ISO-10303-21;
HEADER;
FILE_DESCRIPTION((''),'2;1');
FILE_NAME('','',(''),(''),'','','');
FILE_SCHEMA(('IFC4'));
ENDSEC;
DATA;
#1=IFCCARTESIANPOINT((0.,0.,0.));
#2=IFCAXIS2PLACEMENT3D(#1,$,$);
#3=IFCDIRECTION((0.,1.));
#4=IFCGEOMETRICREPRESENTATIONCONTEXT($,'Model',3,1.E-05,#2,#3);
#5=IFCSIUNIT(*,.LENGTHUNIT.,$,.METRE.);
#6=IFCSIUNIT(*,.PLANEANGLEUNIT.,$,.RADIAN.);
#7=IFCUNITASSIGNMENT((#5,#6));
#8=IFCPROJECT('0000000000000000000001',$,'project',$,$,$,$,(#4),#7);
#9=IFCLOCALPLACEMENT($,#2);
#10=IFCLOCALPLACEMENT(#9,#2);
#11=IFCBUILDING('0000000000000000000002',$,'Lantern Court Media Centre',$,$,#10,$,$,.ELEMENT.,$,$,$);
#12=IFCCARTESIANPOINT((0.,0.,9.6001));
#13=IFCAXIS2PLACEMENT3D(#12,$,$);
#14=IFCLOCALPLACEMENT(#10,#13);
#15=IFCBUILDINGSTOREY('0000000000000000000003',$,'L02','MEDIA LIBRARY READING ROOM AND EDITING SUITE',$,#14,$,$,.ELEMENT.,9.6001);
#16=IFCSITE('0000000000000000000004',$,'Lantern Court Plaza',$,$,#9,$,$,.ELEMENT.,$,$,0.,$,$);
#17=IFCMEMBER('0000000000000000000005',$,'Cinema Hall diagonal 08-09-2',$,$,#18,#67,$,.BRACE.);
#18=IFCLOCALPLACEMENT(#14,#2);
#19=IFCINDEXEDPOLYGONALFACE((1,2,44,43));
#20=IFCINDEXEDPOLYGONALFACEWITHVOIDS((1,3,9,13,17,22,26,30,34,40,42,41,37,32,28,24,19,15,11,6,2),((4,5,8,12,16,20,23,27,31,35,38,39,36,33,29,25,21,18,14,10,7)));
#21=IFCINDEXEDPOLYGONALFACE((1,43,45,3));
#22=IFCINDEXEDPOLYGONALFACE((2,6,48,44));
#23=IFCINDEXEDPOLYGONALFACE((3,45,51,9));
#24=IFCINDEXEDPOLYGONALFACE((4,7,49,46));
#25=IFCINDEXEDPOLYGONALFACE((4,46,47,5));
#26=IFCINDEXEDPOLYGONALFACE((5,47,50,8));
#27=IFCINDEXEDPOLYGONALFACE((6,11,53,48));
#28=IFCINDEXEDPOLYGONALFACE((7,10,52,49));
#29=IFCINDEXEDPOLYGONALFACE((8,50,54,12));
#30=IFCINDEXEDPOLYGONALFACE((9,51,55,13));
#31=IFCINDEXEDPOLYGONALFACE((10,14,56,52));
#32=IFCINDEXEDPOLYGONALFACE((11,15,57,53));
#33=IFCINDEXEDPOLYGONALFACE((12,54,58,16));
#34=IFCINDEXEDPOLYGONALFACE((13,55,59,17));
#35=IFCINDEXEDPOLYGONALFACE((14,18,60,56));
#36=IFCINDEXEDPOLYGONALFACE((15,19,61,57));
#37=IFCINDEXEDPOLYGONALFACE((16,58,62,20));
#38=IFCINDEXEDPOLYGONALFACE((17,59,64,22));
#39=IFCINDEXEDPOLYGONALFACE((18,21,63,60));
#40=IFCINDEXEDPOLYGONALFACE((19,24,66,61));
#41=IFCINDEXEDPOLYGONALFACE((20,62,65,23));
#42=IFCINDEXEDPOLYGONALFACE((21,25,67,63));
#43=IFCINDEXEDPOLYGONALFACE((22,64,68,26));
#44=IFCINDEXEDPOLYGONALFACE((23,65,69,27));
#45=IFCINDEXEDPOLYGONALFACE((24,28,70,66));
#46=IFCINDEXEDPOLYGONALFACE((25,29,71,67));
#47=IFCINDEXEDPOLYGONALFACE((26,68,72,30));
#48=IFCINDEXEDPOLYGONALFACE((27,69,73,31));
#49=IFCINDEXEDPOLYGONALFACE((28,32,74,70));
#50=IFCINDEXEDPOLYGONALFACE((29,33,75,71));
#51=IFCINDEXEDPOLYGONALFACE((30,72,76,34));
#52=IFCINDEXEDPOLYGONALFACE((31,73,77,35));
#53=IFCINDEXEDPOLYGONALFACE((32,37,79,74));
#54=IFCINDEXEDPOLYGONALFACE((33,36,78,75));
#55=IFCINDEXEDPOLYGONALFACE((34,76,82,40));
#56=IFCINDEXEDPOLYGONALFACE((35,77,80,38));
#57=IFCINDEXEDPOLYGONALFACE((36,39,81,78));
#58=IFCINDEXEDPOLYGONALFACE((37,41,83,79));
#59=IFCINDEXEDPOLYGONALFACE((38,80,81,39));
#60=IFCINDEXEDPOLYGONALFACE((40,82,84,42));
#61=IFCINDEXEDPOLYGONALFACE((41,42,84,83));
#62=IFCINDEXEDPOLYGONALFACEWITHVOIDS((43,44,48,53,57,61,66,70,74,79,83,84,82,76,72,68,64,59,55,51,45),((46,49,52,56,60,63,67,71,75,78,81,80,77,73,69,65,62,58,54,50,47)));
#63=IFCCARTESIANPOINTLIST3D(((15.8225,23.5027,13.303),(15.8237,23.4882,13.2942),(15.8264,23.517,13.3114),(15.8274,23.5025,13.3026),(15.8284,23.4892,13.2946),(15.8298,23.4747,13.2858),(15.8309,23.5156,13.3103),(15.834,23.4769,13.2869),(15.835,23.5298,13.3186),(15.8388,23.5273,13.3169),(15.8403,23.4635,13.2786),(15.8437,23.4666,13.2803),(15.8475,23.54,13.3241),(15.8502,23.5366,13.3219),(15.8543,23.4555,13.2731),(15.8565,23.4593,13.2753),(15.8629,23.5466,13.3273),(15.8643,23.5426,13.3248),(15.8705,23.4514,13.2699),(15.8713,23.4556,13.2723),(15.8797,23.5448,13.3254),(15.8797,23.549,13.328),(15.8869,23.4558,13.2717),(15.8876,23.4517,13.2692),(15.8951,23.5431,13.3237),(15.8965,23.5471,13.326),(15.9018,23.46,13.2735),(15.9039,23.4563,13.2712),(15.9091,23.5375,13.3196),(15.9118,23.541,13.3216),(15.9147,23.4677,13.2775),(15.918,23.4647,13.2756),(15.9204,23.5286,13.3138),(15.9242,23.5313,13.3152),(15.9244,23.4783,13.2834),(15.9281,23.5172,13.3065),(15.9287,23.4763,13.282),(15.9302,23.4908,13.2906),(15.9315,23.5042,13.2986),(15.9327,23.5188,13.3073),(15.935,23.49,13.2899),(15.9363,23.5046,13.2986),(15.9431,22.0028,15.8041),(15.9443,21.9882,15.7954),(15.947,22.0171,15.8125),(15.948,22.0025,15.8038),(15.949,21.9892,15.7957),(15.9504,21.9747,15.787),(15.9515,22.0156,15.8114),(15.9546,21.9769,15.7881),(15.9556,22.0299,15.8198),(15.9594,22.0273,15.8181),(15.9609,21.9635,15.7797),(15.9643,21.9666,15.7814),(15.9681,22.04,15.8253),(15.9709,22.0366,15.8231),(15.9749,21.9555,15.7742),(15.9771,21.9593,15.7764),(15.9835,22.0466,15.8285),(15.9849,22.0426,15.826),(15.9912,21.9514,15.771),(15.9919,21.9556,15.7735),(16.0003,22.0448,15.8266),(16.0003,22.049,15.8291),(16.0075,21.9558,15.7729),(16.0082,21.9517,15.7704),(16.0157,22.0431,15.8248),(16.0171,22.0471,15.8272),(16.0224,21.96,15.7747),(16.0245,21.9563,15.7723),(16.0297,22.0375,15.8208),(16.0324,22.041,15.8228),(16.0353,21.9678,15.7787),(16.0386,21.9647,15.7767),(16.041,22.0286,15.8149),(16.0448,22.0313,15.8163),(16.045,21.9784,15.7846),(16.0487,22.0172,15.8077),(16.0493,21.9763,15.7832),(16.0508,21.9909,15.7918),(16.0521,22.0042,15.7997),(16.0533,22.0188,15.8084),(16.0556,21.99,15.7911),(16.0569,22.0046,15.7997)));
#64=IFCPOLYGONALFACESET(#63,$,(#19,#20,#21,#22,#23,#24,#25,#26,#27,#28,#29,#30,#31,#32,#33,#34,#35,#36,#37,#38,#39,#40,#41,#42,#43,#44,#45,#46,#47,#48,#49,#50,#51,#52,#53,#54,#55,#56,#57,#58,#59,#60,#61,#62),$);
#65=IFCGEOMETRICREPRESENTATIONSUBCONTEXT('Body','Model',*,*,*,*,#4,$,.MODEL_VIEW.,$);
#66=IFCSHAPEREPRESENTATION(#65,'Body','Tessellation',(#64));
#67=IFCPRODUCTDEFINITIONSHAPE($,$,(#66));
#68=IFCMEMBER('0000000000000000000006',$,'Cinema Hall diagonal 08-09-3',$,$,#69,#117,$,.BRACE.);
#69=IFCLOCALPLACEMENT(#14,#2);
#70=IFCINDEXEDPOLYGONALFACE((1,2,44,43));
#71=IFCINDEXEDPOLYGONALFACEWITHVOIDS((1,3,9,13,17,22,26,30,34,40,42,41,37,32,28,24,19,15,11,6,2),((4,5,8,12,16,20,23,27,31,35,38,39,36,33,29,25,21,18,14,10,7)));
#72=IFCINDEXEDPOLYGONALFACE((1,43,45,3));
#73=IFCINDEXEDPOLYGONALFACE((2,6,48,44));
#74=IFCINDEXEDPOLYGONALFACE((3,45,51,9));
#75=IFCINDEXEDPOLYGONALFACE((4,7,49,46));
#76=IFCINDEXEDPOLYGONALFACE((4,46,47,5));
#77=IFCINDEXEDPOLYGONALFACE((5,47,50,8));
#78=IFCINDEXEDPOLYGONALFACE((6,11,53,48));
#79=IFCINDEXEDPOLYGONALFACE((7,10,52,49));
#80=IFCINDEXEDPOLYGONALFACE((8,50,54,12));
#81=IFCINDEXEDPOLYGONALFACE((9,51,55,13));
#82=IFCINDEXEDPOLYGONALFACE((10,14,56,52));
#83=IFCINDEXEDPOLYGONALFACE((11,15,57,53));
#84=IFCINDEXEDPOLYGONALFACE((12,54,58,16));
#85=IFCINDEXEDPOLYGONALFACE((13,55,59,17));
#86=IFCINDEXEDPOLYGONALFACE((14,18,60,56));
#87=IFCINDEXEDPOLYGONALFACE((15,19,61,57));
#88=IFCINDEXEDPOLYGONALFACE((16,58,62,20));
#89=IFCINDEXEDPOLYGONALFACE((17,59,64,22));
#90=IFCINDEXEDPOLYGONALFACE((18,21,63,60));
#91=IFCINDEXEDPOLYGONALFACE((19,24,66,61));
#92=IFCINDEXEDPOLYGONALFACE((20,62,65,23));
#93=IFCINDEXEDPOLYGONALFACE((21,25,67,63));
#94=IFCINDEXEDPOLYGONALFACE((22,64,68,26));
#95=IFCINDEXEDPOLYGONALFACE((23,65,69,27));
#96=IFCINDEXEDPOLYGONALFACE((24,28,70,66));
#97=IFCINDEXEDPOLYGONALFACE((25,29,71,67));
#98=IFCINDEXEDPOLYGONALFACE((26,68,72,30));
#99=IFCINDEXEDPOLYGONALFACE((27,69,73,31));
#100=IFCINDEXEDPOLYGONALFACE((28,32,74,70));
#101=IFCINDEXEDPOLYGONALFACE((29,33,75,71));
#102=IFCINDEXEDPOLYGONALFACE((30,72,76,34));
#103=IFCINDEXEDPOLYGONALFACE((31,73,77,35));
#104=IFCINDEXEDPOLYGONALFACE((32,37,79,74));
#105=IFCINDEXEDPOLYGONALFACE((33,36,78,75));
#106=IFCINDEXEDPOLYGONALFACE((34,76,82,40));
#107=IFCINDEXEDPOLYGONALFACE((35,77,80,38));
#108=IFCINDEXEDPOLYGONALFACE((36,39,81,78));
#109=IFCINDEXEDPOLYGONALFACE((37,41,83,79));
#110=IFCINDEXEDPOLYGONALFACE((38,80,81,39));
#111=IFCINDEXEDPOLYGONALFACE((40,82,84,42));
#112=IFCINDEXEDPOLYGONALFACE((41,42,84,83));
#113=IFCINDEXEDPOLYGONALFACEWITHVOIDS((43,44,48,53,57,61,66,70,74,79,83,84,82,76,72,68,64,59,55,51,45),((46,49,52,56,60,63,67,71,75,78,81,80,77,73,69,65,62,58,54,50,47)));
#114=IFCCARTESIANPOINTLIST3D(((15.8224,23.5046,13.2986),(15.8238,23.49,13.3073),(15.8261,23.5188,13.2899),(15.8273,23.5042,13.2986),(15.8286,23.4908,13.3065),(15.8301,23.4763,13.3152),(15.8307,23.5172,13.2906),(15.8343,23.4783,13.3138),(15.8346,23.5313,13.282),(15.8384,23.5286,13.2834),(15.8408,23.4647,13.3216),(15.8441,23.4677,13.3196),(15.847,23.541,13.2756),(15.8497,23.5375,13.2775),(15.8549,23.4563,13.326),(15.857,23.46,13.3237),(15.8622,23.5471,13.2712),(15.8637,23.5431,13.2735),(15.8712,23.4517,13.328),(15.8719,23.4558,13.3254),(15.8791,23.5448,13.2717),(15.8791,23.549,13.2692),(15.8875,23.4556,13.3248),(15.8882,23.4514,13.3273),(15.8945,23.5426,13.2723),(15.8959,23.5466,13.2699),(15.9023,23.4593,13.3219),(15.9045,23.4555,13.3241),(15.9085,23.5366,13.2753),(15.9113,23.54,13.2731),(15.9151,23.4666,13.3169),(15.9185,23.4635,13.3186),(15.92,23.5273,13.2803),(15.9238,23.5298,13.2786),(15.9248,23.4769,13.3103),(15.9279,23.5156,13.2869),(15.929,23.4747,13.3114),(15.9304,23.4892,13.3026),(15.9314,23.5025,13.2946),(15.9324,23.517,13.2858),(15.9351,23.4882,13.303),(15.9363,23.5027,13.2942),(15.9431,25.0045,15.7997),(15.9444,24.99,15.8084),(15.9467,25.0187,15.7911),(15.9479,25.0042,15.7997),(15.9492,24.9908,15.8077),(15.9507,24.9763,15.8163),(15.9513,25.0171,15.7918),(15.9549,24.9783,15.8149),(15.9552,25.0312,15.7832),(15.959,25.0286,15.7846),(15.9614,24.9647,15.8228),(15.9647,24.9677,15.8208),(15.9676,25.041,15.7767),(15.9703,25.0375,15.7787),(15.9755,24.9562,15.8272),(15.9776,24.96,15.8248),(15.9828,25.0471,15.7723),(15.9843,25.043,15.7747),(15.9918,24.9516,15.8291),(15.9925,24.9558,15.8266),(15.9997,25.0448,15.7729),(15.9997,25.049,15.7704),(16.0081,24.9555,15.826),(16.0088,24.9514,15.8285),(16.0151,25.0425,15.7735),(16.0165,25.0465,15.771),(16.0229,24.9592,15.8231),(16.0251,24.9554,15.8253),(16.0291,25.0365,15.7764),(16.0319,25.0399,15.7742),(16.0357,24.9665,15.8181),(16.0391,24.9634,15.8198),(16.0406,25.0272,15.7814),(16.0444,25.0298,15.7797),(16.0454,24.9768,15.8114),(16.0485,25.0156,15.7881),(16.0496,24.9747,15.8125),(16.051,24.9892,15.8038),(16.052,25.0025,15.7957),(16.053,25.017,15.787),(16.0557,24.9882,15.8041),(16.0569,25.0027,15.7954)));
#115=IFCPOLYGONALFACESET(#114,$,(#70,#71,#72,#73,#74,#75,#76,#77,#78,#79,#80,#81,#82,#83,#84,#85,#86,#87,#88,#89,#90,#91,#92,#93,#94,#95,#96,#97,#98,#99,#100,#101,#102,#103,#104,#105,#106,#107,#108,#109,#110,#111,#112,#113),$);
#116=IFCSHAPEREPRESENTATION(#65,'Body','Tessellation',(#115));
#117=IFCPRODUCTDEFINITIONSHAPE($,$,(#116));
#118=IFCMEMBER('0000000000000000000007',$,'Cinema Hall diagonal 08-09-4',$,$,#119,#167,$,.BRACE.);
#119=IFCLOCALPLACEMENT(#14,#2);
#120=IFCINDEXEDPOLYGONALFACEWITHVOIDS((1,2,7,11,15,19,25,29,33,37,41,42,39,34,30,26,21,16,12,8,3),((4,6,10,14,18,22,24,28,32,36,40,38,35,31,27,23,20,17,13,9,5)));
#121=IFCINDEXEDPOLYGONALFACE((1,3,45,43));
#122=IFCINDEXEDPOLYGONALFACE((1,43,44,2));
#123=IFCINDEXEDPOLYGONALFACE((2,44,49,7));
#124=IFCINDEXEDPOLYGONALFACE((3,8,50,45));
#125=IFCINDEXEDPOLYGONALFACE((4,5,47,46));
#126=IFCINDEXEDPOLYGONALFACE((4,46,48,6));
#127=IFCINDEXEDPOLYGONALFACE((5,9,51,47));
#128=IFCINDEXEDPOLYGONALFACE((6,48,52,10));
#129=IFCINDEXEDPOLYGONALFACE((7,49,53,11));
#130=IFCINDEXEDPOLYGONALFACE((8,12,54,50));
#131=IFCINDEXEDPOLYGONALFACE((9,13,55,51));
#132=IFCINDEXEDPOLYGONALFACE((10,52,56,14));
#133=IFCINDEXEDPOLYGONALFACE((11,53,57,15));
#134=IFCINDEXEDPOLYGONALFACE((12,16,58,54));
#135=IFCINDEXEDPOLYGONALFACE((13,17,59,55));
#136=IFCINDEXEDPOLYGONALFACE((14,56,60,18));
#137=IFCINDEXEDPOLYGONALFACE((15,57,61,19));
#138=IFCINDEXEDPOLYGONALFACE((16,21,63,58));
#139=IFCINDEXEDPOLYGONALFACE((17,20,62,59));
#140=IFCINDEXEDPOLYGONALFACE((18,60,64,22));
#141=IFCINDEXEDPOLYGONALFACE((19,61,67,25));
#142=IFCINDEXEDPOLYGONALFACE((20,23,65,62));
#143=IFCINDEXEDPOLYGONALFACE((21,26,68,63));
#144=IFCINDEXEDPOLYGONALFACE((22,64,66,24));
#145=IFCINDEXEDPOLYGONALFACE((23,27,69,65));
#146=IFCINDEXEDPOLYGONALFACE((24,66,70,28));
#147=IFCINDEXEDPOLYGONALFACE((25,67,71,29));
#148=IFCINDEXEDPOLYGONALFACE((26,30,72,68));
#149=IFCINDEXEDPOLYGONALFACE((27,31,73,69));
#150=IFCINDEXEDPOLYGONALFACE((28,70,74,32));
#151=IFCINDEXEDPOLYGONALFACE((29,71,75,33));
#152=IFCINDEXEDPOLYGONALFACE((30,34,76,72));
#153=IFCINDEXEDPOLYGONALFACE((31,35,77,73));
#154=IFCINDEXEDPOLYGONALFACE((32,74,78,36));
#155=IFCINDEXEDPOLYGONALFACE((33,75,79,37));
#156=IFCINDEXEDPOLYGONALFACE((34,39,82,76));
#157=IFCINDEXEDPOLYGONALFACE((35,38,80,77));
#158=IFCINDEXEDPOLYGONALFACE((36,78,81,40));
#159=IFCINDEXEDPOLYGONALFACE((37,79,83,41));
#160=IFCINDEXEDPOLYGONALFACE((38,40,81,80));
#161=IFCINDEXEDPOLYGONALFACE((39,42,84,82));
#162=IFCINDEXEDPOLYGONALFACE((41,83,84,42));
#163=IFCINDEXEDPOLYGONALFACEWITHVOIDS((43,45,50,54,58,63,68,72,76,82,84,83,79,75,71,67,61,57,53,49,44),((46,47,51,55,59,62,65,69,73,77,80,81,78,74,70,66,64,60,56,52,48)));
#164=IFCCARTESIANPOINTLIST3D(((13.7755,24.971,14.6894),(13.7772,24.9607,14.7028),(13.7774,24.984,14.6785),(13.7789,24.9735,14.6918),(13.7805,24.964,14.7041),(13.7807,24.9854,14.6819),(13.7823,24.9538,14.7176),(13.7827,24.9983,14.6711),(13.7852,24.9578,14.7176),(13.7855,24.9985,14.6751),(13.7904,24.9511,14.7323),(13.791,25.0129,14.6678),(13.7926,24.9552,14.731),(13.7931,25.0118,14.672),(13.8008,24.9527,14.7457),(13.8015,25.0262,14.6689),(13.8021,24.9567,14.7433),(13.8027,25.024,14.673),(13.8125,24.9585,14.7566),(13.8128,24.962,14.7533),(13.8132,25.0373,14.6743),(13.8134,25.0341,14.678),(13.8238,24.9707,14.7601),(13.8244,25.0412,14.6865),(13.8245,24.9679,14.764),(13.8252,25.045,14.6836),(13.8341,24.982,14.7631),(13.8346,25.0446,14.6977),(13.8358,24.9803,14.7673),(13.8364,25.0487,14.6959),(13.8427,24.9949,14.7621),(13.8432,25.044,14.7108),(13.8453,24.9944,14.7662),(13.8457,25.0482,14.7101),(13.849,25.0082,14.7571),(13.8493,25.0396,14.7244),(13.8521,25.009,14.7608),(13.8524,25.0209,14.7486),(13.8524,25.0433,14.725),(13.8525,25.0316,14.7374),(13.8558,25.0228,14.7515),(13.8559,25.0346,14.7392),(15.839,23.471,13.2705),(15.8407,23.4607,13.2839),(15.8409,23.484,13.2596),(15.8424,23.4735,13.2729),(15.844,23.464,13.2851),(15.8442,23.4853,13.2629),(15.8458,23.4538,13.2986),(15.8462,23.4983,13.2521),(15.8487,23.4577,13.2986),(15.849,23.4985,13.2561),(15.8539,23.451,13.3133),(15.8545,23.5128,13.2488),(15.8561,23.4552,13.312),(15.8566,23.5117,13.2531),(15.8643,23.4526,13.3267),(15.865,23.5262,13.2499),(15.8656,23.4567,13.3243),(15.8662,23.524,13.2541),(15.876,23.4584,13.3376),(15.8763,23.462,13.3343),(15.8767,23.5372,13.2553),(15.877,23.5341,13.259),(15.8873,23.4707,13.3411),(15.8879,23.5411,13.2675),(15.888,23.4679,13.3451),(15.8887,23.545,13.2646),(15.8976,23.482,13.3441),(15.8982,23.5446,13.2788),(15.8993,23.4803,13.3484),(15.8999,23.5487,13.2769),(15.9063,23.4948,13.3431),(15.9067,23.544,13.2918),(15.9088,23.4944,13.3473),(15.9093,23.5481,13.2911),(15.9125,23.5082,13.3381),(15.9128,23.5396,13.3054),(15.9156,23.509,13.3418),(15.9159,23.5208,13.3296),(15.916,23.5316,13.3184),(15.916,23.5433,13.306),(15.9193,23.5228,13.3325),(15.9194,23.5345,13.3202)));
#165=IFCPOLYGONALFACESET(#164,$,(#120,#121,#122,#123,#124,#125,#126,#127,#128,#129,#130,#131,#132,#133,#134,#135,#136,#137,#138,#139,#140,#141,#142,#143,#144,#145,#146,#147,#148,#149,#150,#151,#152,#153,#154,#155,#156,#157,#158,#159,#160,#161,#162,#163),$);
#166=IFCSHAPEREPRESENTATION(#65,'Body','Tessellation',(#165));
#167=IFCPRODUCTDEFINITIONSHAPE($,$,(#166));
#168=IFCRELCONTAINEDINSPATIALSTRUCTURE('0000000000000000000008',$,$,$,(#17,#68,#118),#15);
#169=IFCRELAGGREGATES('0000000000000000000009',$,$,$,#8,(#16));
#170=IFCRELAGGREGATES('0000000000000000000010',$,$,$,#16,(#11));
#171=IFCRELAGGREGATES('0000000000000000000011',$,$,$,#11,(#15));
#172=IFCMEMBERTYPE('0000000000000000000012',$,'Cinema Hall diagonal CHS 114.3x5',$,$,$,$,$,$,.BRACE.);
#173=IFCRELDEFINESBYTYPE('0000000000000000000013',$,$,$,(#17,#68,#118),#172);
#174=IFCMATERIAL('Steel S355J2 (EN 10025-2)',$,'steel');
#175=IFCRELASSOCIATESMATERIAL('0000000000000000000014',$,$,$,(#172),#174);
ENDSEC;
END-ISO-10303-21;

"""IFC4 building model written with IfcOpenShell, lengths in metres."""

from ifc_helpers import new_model, si_unit, direction, frame, origin, origin_2d, place, context, subcontext, project, spatial, hollow_circle, extrude, material, material_profile, profile_set, type_object, element, save


model = new_model("IFC4")

# Units and contexts
model_context = context("Model", 3, precision=1e-05, world=origin(), true_north=direction((0.0, 1.0)))
body_context = subcontext(model_context, "Body", "Model", "MODEL_VIEW")
ifc_project = project(units=[si_unit("LENGTHUNIT", "METRE"), si_unit("PLANEANGLEUNIT", "RADIAN")], contexts=[model_context])

# Site, building, storey
site_placement = place(None, origin())
site = spatial("IfcSite", under=ifc_project, at=site_placement, Name="Lantern Court Plaza", CompositionType="ELEMENT", RefElevation=0.0)
building_placement = place(site_placement, origin())
building = spatial("IfcBuilding", under=site, at=building_placement, Name="Lantern Court Media Centre", CompositionType="ELEMENT")
storey_placement = place(building_placement, frame((0.0, 0.0, 9.6001)))
storey = spatial("IfcBuildingStorey", under=building, at=storey_placement, Name="L02", Description="MEDIA LIBRARY READING ROOM AND EDITING SUITE", CompositionType="ELEMENT", Elevation=9.6001)

# Members
ifc_material = material(Name="Steel S355J2 (EN 10025-2)", Category="steel")
ifc_material_profile_1 = material_profile(ifc_material, hollow_circle(Radius=0.0571, WallThickness=0.0049, at=origin_2d()), Name="Cinema Hall diagonal CHS 114.3x5")
ifc_profile_set_1 = profile_set([ifc_material_profile_1], Name="Steel S355J2 (EN 10025-2)")
member_type_1 = type_object("IfcMemberType", Name="Cinema Hall diagonal CHS 114.3x5", PredefinedType="BRACE", material=ifc_profile_set_1)
for number, where, z_axis, x_axis, name in (
    (1, (15.8794, 23.5, 13.2986), (0.041317, -0.513872, 0.856871), (0.996783, 0.080145, 0.0), "Cinema Hall diagonal 08-09-2"),
    (2, (15.8794, 23.5, 13.2986), (0.041317, 0.513872, 0.856871), (-0.996783, 0.080145, 0.0), "Cinema Hall diagonal 08-09-3"),
):
    element("IfcMember", number, at=place(storey_placement, frame(where, z_axis=z_axis, x_axis=x_axis)), inside=storey, type_object=member_type_1, Name=name, PredefinedType="BRACE", context=body_context, shape_type="SweptSolid", body=[
        extrude(hollow_circle(Radius=0.0571, WallThickness=0.0049, at=origin_2d()), origin(), (0.0, 0.0, 1.0), 2.9189),
    ])
member_1_placement = place(storey_placement, frame((15.8794, 23.5, 13.2986), z_axis=(-0.70688, 0.513851, 0.486084), x_axis=(-0.58799, -0.808868, 0.0)))
element("IfcMember", 3, at=member_1_placement, inside=storey, type_object=member_type_1, Name="Cinema Hall diagonal 08-09-4", PredefinedType="BRACE", context=body_context, shape_type="SweptSolid", body=[
    extrude(hollow_circle(Radius=0.0571, WallThickness=0.0049, at=origin_2d()), origin(), (0.0, 0.0, 1.0), 2.9192),
])

save(model, "model.ifc")
